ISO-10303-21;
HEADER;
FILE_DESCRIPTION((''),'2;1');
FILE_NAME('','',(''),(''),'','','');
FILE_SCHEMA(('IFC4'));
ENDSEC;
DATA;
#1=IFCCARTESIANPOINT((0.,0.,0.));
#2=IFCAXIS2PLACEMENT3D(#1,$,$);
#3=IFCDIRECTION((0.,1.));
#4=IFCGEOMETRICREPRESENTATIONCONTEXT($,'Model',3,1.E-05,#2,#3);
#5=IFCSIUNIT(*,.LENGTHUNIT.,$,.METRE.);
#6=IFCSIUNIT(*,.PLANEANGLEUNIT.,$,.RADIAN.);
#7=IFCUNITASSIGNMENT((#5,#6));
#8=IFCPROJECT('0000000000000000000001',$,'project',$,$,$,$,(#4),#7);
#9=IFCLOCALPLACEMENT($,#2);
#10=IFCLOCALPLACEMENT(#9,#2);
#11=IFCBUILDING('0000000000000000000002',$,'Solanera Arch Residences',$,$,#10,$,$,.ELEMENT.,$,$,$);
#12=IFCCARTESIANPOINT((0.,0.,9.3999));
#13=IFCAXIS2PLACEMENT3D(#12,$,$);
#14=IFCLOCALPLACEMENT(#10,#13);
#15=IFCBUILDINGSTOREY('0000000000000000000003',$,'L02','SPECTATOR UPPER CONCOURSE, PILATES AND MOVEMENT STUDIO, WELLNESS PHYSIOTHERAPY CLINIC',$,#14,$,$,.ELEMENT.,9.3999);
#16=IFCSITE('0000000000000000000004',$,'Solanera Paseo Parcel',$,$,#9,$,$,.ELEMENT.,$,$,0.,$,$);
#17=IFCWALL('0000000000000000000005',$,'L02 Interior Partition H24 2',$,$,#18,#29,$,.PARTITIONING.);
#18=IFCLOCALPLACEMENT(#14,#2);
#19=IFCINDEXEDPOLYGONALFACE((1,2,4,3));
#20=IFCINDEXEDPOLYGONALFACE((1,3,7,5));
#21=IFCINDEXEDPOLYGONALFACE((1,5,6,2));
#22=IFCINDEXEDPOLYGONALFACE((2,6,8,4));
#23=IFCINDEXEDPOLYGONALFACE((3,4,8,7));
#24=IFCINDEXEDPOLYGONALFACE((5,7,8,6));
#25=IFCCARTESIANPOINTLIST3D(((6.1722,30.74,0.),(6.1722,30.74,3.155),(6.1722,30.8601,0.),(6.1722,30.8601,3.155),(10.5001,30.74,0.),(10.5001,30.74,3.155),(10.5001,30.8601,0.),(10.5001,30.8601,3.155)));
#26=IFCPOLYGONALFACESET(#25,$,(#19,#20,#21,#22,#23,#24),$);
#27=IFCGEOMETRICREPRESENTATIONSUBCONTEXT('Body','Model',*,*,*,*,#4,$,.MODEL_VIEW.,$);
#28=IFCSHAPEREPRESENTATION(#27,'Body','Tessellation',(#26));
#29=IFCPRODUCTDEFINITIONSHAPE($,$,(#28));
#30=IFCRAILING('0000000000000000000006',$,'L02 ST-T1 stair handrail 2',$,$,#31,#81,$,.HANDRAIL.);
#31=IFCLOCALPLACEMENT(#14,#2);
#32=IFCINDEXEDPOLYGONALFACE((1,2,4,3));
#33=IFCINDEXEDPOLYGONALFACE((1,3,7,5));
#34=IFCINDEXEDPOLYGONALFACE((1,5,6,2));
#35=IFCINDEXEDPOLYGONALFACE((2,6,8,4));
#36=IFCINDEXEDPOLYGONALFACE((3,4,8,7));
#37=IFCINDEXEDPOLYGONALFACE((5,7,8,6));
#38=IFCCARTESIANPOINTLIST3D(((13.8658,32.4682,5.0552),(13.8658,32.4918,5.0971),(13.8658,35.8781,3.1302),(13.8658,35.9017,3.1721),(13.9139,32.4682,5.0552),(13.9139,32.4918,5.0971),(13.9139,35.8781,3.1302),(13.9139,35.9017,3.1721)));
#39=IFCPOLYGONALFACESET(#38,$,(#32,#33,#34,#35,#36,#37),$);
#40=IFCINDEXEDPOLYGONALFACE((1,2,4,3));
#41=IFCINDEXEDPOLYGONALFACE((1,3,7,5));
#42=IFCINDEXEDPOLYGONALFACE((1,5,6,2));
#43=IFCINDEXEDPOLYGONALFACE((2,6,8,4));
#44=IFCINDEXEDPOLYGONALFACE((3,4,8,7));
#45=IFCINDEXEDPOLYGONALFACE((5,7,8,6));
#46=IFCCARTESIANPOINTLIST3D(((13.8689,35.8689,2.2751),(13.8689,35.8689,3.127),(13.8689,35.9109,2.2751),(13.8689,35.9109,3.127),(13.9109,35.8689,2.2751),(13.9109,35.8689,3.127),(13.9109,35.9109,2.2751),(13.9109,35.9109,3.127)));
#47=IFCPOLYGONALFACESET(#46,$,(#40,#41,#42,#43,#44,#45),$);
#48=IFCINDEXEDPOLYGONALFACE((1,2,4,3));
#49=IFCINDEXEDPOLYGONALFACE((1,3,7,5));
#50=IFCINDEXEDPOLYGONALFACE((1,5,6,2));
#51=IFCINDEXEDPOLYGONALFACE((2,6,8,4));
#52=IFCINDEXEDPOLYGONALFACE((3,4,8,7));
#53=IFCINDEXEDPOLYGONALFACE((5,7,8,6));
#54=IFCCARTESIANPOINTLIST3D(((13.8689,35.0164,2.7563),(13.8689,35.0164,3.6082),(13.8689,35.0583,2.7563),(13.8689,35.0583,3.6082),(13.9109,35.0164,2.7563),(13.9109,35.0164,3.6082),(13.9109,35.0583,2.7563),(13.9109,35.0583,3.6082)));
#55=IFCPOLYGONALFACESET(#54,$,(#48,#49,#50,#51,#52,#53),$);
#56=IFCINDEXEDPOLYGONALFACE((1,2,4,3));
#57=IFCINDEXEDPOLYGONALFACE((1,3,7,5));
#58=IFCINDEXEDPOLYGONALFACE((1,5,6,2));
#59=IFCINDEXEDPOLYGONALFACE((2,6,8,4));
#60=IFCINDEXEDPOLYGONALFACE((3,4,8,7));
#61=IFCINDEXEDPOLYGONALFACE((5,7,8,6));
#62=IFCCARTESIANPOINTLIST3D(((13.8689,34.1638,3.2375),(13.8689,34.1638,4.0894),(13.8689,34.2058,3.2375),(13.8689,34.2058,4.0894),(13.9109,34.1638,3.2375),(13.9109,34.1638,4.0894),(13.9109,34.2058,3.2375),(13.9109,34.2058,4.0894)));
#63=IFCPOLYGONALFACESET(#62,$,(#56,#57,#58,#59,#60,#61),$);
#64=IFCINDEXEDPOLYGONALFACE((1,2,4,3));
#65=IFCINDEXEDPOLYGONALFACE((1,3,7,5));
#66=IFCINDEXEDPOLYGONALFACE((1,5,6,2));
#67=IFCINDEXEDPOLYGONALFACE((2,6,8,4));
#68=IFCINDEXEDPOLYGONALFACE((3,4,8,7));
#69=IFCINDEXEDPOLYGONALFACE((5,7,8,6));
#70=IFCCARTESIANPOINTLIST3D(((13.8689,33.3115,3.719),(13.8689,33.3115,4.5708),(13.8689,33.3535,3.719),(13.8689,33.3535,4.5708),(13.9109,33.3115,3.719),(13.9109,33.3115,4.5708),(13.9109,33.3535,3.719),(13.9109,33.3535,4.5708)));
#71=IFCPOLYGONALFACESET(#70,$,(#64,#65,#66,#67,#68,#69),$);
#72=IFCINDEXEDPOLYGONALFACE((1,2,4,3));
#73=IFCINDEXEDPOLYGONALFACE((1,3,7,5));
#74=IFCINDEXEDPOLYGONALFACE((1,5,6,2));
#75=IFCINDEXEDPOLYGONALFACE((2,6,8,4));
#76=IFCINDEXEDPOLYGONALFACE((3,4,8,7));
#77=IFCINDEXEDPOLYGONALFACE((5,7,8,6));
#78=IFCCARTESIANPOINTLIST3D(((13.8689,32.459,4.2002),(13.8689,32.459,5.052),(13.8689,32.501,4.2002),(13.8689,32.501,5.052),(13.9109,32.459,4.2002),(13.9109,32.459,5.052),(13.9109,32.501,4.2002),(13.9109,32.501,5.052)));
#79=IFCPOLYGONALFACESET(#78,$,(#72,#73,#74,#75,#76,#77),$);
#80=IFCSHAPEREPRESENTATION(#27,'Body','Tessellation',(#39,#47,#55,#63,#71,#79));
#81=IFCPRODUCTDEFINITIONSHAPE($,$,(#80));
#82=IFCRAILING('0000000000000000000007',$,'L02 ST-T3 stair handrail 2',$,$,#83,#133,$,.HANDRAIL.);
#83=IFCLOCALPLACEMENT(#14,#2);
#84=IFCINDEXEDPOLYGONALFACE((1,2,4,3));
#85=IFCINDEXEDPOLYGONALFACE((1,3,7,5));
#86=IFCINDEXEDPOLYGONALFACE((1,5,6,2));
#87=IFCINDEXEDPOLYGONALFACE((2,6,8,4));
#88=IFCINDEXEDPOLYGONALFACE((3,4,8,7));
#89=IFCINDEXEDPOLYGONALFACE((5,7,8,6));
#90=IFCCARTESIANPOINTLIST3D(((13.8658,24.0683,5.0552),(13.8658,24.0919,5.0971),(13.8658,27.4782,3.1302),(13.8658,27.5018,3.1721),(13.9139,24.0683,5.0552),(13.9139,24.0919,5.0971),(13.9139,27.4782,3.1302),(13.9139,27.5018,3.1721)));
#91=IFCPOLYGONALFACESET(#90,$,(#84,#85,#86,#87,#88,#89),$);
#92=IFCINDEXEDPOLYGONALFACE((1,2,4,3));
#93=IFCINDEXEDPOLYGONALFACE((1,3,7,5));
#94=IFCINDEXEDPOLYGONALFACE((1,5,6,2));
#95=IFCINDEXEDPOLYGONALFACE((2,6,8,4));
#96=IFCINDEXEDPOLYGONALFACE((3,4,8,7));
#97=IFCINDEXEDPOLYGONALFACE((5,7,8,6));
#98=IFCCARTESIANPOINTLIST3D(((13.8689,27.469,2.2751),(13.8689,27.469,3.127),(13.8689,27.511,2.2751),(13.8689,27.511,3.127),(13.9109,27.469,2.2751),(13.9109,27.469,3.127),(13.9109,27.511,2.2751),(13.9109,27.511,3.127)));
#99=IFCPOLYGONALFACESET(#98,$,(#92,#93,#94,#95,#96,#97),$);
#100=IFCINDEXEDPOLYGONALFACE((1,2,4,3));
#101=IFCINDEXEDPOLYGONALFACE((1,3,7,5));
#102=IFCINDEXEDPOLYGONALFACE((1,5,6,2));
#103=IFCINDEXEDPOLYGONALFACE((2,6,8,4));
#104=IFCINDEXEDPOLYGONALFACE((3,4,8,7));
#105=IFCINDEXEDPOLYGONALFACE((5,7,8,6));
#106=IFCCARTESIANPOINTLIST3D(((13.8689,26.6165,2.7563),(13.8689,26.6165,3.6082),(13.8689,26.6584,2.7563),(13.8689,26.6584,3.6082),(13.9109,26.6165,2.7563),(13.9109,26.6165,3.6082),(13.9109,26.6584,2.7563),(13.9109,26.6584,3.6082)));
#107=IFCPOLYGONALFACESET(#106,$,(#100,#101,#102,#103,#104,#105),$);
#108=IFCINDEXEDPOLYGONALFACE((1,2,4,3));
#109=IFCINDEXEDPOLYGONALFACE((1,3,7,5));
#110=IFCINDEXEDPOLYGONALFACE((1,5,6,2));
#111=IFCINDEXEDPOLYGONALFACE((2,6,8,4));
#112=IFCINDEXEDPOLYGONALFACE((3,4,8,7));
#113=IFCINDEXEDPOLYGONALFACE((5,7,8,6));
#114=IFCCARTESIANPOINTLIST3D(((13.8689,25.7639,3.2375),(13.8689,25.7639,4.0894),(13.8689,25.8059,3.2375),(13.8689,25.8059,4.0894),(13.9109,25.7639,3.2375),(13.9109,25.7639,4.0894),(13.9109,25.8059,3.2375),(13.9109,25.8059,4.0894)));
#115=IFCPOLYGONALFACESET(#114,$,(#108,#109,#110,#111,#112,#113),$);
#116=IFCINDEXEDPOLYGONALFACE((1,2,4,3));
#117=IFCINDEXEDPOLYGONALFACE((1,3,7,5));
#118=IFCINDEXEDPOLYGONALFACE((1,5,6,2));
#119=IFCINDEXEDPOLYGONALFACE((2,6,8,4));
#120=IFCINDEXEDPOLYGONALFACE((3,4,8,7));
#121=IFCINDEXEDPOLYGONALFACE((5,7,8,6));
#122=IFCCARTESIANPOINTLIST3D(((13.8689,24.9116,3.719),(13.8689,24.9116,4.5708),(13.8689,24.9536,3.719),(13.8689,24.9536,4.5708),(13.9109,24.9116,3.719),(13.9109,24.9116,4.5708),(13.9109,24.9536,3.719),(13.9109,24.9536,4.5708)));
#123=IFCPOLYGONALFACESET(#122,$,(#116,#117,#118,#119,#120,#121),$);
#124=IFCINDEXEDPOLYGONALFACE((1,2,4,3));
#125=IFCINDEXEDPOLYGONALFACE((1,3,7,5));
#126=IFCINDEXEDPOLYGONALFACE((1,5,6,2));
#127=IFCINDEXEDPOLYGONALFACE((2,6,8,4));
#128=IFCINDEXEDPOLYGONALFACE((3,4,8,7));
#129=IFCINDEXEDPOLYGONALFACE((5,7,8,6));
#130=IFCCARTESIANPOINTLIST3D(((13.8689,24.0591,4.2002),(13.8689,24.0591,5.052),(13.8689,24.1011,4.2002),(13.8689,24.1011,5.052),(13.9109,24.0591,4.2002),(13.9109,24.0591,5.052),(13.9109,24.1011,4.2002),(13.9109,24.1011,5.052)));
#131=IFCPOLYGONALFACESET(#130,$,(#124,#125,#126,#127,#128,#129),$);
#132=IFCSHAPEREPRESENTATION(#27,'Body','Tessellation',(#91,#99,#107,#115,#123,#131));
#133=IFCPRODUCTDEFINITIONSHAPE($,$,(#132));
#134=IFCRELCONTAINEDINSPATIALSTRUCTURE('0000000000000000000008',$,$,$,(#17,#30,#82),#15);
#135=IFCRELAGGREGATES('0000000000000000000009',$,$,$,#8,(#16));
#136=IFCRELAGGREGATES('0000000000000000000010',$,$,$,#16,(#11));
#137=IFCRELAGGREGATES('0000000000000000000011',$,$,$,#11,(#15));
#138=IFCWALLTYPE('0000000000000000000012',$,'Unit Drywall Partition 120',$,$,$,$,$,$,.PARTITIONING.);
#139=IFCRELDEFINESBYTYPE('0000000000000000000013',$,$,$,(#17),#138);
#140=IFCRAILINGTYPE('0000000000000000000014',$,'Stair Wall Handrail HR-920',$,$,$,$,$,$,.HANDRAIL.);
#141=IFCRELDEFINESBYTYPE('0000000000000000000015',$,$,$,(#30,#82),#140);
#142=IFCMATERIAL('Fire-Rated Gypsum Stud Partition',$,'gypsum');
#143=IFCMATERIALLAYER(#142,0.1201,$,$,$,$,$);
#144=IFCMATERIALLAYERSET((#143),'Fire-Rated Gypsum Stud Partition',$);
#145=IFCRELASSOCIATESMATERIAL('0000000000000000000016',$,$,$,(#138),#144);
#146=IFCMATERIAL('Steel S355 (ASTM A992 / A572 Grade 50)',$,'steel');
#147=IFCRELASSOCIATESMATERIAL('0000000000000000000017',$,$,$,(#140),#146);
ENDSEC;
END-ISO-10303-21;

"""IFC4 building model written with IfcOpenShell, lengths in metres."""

from ifc_helpers import new_model, si_unit, direction, frame, frame_2d, origin, origin_2d, place, context, subcontext, project, spatial, rectangle, extrude, material, layer, layer_set, type_object, element, save


model = new_model("IFC4")

# Units and contexts
model_context = context("Model", 3, precision=1e-05, world=origin(), true_north=direction((0.0, 1.0)))
body_context = subcontext(model_context, "Body", "Model", "MODEL_VIEW")
ifc_project = project(units=[si_unit("LENGTHUNIT", "METRE"), si_unit("PLANEANGLEUNIT", "RADIAN")], contexts=[model_context])

# Site, building, storey
site_placement = place(None, origin())
site = spatial("IfcSite", under=ifc_project, at=site_placement, Name="Solanera Paseo Parcel", CompositionType="ELEMENT", RefElevation=0.0)
building_placement = place(site_placement, origin())
building = spatial("IfcBuilding", under=site, at=building_placement, Name="Solanera Arch Residences", CompositionType="ELEMENT")
storey_placement = place(building_placement, frame((0.0, 0.0, 9.3999)))
storey = spatial("IfcBuildingStorey", under=building, at=storey_placement, Name="L02", Description="SPECTATOR UPPER CONCOURSE, PILATES AND MOVEMENT STUDIO, WELLNESS PHYSIOTHERAPY CLINIC", CompositionType="ELEMENT", Elevation=9.3999)

# Wall
ifc_material_1 = material(Name="Fire-Rated Gypsum Stud Partition", Category="gypsum")
ifc_layer_1 = layer(ifc_material_1, 0.1201)
ifc_layer_set_1 = layer_set([ifc_layer_1], Name="Fire-Rated Gypsum Stud Partition")
wall_type_1 = type_object("IfcWallType", Name="Unit Drywall Partition 120", PredefinedType="PARTITIONING", material=ifc_layer_set_1)
wall_1_placement = place(storey_placement, frame((6.1721, 30.8, 0.0), z_axis=(0.0, 0.0, 1.0), x_axis=(1.0, 0.0, 0.0)))
element("IfcWall", 1, at=wall_1_placement, inside=storey, type_object=wall_type_1, Name="L02 Interior Partition H24 2", PredefinedType="PARTITIONING", context=body_context, shape_type="SweptSolid", body=[
    extrude(rectangle(XDim=4.3279, YDim=0.1201, at=frame_2d((2.1641, 0.0))), origin(), (0.0, 0.0, 1.0), 3.155),
])

# Railings
ifc_material_2 = material(Name="Steel S355 (ASTM A992 / A572 Grade 50)", Category="steel")
railing_type = type_object("IfcRailingType", Name="Stair Wall Handrail HR-920", PredefinedType="HANDRAIL", material=ifc_material_2)
for number, where, name in (
    (2, (13.8899, 35.8899, 2.2751), "L02 ST-T1 stair handrail 2"),
    (3, (13.8899, 27.49, 2.2751), "L02 ST-T3 stair handrail 2"),
):
    element("IfcRailing", number, at=place(storey_placement, frame(where)), inside=storey, type_object=railing_type, Name=name, PredefinedType="HANDRAIL", context=body_context, shape_type="SweptSolid", body=[
        extrude(rectangle(XDim=0.0481, YDim=0.0481, at=origin_2d()), frame((0.0, 0.0, 0.876), z_axis=(0.0, -0.870814, 0.491613), x_axis=(1.0, 0.0, 0.0)), (0.0, 0.0, 1.0), 3.9158),
        extrude(rectangle(XDim=0.042, YDim=0.042, at=origin_2d()), origin(), (0.0, 0.0, 1.0), 0.8518),
        extrude(rectangle(XDim=0.042, YDim=0.042, at=origin_2d()), frame((0.0, -0.8525, 0.4812)), (0.0, 0.0, 1.0), 0.8518),
        extrude(rectangle(XDim=0.042, YDim=0.042, at=origin_2d()), frame((0.0, -1.7051, 0.9624)), (0.0, 0.0, 1.0), 0.8518),
        extrude(rectangle(XDim=0.042, YDim=0.042, at=origin_2d()), frame((0.0, -2.5574, 1.4438)), (0.0, 0.0, 1.0), 0.8518),
        extrude(rectangle(XDim=0.042, YDim=0.042, at=origin_2d()), frame((0.0, -3.4099, 1.925)), (0.0, 0.0, 1.0), 0.8518),
    ])

save(model, "model.ifc")
